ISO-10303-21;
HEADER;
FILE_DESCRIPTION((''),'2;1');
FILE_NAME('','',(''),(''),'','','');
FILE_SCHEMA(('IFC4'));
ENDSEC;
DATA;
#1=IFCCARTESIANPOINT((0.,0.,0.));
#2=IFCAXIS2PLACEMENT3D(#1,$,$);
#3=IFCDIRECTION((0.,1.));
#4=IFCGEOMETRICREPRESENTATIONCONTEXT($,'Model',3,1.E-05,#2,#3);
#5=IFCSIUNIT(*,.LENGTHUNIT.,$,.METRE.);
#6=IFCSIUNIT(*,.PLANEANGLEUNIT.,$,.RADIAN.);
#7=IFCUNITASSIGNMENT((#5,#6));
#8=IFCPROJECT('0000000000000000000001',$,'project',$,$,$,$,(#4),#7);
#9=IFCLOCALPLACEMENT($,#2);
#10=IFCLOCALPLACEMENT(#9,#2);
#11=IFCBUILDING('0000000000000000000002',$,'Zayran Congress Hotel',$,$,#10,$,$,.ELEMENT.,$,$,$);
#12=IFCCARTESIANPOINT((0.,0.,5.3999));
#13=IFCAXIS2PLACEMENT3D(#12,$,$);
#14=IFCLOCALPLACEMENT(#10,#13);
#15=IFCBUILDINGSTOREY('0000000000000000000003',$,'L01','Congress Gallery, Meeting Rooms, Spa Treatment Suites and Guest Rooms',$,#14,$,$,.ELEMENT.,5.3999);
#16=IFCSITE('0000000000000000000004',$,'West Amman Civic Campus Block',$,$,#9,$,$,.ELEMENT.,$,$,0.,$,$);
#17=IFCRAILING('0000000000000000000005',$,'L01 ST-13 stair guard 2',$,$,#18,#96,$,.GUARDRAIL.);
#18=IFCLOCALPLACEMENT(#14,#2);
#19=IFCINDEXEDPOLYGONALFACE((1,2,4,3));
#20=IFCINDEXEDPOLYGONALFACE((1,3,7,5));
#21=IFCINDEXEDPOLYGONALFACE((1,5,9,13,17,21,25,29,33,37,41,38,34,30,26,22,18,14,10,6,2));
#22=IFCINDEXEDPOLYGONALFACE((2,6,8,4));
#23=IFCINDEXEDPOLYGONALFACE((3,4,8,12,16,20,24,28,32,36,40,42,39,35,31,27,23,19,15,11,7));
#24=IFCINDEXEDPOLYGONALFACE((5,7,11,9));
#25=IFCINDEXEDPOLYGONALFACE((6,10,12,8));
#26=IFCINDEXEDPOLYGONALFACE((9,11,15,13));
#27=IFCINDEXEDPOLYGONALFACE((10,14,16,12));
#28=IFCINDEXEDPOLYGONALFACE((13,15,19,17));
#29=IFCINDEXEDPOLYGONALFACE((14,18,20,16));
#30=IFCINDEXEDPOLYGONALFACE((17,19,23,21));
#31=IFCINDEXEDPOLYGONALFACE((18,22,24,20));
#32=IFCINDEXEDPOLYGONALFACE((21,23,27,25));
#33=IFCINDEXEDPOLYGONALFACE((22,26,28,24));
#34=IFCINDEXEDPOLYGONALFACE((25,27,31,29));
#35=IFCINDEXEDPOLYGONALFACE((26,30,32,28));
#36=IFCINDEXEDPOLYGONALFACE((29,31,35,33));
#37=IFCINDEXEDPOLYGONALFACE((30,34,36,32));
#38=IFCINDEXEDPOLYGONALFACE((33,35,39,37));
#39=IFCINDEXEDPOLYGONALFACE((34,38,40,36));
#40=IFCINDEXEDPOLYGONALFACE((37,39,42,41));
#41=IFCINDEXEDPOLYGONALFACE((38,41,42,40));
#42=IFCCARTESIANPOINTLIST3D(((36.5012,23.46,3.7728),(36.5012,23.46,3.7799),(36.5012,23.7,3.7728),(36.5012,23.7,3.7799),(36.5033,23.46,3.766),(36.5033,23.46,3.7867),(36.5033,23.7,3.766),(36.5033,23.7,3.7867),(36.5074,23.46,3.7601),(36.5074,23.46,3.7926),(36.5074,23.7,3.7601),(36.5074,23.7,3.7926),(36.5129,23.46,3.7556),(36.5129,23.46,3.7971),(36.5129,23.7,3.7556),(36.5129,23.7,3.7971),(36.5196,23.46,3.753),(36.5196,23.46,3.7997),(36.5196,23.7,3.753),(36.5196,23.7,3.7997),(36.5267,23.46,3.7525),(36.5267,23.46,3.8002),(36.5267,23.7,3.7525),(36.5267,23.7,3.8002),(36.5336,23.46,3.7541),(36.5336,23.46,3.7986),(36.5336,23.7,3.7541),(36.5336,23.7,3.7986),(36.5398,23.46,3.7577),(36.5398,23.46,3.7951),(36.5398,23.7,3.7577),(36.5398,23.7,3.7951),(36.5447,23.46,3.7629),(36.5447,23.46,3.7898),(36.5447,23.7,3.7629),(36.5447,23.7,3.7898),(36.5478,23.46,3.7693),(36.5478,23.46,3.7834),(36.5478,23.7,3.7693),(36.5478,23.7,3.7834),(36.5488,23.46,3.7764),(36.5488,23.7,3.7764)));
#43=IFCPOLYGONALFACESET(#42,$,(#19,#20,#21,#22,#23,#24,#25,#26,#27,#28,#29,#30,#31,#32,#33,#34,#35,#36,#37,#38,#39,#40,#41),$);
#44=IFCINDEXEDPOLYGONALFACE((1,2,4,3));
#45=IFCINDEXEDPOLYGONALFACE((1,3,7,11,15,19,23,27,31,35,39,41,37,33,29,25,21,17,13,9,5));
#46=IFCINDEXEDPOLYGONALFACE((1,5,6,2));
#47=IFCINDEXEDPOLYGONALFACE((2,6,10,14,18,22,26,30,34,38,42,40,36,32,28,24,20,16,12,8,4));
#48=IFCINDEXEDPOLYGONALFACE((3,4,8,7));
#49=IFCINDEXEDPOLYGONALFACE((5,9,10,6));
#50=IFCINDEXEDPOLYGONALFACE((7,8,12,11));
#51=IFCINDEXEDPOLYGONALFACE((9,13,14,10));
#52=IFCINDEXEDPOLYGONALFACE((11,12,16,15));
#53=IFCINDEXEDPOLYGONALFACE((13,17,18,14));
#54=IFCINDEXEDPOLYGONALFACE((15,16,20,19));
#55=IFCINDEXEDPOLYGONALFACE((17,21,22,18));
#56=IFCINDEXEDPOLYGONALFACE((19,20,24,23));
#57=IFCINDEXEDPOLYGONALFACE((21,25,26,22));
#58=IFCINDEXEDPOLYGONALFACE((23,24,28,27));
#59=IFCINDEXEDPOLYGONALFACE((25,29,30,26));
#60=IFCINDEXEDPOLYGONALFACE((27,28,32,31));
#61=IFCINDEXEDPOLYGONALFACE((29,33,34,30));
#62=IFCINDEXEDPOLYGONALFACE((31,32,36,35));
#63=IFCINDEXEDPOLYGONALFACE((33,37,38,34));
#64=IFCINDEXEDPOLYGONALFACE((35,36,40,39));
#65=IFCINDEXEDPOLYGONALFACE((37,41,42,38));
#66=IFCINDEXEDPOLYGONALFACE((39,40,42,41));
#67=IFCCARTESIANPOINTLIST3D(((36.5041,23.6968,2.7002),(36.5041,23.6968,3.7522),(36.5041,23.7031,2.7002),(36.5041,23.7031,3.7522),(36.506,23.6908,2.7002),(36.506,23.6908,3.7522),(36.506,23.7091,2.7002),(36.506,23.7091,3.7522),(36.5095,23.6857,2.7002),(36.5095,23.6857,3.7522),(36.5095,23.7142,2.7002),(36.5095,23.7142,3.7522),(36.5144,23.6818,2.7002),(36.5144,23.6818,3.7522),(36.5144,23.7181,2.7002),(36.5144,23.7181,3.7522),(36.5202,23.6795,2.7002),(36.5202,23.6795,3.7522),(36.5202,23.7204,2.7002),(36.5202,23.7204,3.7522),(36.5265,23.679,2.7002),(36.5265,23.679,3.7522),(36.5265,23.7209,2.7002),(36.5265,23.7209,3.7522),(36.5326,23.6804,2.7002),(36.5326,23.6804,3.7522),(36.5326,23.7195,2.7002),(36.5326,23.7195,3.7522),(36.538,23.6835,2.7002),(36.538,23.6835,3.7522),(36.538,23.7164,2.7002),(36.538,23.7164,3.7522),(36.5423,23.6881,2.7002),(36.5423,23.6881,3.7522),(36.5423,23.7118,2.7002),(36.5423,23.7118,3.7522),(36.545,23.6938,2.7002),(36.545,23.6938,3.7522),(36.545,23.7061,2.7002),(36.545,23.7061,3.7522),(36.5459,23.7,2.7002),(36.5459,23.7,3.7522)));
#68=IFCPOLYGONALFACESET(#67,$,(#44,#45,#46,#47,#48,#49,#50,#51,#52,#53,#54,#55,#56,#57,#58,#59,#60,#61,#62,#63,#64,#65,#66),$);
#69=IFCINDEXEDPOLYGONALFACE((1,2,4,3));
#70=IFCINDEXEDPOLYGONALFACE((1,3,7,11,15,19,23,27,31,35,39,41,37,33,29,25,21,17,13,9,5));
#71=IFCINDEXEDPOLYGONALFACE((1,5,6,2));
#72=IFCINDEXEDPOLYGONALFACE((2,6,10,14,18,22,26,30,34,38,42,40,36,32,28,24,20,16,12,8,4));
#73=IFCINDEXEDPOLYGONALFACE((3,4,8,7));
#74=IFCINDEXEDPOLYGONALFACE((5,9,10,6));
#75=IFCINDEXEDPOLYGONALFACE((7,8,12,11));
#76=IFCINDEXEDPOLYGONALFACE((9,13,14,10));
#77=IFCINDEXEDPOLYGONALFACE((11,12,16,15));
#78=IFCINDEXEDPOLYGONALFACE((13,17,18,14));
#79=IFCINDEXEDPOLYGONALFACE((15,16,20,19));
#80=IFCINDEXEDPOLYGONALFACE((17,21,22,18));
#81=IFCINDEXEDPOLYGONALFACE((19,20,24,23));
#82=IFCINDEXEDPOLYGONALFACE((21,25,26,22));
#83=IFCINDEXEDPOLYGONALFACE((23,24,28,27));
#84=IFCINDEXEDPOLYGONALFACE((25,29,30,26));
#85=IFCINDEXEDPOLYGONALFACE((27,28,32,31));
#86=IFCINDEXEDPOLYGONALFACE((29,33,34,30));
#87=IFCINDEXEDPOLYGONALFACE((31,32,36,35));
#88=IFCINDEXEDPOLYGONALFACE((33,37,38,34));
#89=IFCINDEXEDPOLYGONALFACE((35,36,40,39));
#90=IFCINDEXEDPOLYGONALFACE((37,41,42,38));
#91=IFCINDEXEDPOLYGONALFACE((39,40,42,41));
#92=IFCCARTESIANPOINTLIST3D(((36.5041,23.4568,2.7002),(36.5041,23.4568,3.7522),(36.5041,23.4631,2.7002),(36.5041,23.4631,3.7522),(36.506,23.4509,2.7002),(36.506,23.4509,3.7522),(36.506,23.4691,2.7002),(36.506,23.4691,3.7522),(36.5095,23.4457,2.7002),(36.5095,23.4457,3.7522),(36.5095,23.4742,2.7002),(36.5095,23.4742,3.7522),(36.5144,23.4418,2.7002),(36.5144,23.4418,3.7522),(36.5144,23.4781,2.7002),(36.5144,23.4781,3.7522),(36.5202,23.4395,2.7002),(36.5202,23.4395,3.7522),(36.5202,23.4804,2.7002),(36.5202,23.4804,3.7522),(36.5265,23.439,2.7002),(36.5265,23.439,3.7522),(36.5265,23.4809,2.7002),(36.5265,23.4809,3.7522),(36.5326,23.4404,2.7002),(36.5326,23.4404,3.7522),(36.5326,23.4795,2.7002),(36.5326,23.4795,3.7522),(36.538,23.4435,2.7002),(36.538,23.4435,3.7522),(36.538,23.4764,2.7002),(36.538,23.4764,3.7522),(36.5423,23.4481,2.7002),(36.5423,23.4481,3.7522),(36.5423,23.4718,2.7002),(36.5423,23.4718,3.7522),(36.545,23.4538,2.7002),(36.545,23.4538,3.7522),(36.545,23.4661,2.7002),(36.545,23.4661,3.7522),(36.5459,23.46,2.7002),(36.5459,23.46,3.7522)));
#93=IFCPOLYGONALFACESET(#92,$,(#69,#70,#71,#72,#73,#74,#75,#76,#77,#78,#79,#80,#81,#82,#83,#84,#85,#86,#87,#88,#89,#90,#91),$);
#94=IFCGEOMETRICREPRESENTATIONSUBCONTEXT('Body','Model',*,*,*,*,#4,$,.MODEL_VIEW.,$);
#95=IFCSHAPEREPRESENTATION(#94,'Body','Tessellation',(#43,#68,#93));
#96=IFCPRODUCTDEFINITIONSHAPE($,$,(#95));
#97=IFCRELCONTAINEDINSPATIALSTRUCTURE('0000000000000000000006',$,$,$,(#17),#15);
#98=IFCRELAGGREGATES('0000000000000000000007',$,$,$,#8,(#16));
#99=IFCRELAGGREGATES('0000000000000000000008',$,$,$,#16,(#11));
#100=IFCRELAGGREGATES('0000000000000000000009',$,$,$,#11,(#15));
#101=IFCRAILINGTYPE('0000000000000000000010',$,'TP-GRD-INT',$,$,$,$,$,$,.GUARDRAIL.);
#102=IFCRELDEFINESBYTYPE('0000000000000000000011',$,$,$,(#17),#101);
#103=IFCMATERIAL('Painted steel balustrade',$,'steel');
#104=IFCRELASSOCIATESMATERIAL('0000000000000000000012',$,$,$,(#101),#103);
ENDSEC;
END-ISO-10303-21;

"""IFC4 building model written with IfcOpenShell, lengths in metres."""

from ifc_helpers import new_model, si_unit, direction, frame, origin, origin_2d, place, context, subcontext, project, spatial, circle, extrude, material, type_object, element, save


model = new_model("IFC4")

# Units and contexts
model_context = context("Model", 3, precision=1e-05, world=origin(), true_north=direction((0.0, 1.0)))
body_context = subcontext(model_context, "Body", "Model", "MODEL_VIEW")
ifc_project = project(units=[si_unit("LENGTHUNIT", "METRE"), si_unit("PLANEANGLEUNIT", "RADIAN")], contexts=[model_context])

# Site, building, storey
site_placement = place(None, origin())
site = spatial("IfcSite", under=ifc_project, at=site_placement, Name="West Amman Civic Campus Block", CompositionType="ELEMENT", RefElevation=0.0)
building_placement = place(site_placement, origin())
building = spatial("IfcBuilding", under=site, at=building_placement, Name="Zayran Congress Hotel", CompositionType="ELEMENT")
storey_placement = place(building_placement, frame((0.0, 0.0, 5.3999)))
storey = spatial("IfcBuildingStorey", under=building, at=storey_placement, Name="L01", Description="Congress Gallery, Meeting Rooms, Spa Treatment Suites and Guest Rooms", CompositionType="ELEMENT", Elevation=5.3999)

# Railing
ifc_material_1 = material(Name="Painted steel balustrade", Category="steel")
railing_type_1 = type_object("IfcRailingType", Name="TP-GRD-INT", PredefinedType="GUARDRAIL", material=ifc_material_1)
railing_1_placement = place(storey_placement, frame((36.5249, 23.7, 2.7002)))
element("IfcRailing", 1, at=railing_1_placement, inside=storey, type_object=railing_type_1, Name="L01 ST-13 stair guard 2", PredefinedType="GUARDRAIL", context=body_context, shape_type="SweptSolid", body=[
    extrude(circle(Radius=0.0239, at=origin_2d()), frame((0.0, 0.0, 1.0762), z_axis=(0.0, -1.0, 0.0), x_axis=(1.0, 0.0, 0.0)), (0.0, 0.0, 1.0), 0.24),
    extrude(circle(Radius=0.021, at=origin_2d()), origin(), (0.0, 0.0, 1.0), 1.052),
    extrude(circle(Radius=0.021, at=origin_2d()), frame((0.0, -0.24, 0.0)), (0.0, 0.0, 1.0), 1.052),
])

save(model, "model.ifc")
